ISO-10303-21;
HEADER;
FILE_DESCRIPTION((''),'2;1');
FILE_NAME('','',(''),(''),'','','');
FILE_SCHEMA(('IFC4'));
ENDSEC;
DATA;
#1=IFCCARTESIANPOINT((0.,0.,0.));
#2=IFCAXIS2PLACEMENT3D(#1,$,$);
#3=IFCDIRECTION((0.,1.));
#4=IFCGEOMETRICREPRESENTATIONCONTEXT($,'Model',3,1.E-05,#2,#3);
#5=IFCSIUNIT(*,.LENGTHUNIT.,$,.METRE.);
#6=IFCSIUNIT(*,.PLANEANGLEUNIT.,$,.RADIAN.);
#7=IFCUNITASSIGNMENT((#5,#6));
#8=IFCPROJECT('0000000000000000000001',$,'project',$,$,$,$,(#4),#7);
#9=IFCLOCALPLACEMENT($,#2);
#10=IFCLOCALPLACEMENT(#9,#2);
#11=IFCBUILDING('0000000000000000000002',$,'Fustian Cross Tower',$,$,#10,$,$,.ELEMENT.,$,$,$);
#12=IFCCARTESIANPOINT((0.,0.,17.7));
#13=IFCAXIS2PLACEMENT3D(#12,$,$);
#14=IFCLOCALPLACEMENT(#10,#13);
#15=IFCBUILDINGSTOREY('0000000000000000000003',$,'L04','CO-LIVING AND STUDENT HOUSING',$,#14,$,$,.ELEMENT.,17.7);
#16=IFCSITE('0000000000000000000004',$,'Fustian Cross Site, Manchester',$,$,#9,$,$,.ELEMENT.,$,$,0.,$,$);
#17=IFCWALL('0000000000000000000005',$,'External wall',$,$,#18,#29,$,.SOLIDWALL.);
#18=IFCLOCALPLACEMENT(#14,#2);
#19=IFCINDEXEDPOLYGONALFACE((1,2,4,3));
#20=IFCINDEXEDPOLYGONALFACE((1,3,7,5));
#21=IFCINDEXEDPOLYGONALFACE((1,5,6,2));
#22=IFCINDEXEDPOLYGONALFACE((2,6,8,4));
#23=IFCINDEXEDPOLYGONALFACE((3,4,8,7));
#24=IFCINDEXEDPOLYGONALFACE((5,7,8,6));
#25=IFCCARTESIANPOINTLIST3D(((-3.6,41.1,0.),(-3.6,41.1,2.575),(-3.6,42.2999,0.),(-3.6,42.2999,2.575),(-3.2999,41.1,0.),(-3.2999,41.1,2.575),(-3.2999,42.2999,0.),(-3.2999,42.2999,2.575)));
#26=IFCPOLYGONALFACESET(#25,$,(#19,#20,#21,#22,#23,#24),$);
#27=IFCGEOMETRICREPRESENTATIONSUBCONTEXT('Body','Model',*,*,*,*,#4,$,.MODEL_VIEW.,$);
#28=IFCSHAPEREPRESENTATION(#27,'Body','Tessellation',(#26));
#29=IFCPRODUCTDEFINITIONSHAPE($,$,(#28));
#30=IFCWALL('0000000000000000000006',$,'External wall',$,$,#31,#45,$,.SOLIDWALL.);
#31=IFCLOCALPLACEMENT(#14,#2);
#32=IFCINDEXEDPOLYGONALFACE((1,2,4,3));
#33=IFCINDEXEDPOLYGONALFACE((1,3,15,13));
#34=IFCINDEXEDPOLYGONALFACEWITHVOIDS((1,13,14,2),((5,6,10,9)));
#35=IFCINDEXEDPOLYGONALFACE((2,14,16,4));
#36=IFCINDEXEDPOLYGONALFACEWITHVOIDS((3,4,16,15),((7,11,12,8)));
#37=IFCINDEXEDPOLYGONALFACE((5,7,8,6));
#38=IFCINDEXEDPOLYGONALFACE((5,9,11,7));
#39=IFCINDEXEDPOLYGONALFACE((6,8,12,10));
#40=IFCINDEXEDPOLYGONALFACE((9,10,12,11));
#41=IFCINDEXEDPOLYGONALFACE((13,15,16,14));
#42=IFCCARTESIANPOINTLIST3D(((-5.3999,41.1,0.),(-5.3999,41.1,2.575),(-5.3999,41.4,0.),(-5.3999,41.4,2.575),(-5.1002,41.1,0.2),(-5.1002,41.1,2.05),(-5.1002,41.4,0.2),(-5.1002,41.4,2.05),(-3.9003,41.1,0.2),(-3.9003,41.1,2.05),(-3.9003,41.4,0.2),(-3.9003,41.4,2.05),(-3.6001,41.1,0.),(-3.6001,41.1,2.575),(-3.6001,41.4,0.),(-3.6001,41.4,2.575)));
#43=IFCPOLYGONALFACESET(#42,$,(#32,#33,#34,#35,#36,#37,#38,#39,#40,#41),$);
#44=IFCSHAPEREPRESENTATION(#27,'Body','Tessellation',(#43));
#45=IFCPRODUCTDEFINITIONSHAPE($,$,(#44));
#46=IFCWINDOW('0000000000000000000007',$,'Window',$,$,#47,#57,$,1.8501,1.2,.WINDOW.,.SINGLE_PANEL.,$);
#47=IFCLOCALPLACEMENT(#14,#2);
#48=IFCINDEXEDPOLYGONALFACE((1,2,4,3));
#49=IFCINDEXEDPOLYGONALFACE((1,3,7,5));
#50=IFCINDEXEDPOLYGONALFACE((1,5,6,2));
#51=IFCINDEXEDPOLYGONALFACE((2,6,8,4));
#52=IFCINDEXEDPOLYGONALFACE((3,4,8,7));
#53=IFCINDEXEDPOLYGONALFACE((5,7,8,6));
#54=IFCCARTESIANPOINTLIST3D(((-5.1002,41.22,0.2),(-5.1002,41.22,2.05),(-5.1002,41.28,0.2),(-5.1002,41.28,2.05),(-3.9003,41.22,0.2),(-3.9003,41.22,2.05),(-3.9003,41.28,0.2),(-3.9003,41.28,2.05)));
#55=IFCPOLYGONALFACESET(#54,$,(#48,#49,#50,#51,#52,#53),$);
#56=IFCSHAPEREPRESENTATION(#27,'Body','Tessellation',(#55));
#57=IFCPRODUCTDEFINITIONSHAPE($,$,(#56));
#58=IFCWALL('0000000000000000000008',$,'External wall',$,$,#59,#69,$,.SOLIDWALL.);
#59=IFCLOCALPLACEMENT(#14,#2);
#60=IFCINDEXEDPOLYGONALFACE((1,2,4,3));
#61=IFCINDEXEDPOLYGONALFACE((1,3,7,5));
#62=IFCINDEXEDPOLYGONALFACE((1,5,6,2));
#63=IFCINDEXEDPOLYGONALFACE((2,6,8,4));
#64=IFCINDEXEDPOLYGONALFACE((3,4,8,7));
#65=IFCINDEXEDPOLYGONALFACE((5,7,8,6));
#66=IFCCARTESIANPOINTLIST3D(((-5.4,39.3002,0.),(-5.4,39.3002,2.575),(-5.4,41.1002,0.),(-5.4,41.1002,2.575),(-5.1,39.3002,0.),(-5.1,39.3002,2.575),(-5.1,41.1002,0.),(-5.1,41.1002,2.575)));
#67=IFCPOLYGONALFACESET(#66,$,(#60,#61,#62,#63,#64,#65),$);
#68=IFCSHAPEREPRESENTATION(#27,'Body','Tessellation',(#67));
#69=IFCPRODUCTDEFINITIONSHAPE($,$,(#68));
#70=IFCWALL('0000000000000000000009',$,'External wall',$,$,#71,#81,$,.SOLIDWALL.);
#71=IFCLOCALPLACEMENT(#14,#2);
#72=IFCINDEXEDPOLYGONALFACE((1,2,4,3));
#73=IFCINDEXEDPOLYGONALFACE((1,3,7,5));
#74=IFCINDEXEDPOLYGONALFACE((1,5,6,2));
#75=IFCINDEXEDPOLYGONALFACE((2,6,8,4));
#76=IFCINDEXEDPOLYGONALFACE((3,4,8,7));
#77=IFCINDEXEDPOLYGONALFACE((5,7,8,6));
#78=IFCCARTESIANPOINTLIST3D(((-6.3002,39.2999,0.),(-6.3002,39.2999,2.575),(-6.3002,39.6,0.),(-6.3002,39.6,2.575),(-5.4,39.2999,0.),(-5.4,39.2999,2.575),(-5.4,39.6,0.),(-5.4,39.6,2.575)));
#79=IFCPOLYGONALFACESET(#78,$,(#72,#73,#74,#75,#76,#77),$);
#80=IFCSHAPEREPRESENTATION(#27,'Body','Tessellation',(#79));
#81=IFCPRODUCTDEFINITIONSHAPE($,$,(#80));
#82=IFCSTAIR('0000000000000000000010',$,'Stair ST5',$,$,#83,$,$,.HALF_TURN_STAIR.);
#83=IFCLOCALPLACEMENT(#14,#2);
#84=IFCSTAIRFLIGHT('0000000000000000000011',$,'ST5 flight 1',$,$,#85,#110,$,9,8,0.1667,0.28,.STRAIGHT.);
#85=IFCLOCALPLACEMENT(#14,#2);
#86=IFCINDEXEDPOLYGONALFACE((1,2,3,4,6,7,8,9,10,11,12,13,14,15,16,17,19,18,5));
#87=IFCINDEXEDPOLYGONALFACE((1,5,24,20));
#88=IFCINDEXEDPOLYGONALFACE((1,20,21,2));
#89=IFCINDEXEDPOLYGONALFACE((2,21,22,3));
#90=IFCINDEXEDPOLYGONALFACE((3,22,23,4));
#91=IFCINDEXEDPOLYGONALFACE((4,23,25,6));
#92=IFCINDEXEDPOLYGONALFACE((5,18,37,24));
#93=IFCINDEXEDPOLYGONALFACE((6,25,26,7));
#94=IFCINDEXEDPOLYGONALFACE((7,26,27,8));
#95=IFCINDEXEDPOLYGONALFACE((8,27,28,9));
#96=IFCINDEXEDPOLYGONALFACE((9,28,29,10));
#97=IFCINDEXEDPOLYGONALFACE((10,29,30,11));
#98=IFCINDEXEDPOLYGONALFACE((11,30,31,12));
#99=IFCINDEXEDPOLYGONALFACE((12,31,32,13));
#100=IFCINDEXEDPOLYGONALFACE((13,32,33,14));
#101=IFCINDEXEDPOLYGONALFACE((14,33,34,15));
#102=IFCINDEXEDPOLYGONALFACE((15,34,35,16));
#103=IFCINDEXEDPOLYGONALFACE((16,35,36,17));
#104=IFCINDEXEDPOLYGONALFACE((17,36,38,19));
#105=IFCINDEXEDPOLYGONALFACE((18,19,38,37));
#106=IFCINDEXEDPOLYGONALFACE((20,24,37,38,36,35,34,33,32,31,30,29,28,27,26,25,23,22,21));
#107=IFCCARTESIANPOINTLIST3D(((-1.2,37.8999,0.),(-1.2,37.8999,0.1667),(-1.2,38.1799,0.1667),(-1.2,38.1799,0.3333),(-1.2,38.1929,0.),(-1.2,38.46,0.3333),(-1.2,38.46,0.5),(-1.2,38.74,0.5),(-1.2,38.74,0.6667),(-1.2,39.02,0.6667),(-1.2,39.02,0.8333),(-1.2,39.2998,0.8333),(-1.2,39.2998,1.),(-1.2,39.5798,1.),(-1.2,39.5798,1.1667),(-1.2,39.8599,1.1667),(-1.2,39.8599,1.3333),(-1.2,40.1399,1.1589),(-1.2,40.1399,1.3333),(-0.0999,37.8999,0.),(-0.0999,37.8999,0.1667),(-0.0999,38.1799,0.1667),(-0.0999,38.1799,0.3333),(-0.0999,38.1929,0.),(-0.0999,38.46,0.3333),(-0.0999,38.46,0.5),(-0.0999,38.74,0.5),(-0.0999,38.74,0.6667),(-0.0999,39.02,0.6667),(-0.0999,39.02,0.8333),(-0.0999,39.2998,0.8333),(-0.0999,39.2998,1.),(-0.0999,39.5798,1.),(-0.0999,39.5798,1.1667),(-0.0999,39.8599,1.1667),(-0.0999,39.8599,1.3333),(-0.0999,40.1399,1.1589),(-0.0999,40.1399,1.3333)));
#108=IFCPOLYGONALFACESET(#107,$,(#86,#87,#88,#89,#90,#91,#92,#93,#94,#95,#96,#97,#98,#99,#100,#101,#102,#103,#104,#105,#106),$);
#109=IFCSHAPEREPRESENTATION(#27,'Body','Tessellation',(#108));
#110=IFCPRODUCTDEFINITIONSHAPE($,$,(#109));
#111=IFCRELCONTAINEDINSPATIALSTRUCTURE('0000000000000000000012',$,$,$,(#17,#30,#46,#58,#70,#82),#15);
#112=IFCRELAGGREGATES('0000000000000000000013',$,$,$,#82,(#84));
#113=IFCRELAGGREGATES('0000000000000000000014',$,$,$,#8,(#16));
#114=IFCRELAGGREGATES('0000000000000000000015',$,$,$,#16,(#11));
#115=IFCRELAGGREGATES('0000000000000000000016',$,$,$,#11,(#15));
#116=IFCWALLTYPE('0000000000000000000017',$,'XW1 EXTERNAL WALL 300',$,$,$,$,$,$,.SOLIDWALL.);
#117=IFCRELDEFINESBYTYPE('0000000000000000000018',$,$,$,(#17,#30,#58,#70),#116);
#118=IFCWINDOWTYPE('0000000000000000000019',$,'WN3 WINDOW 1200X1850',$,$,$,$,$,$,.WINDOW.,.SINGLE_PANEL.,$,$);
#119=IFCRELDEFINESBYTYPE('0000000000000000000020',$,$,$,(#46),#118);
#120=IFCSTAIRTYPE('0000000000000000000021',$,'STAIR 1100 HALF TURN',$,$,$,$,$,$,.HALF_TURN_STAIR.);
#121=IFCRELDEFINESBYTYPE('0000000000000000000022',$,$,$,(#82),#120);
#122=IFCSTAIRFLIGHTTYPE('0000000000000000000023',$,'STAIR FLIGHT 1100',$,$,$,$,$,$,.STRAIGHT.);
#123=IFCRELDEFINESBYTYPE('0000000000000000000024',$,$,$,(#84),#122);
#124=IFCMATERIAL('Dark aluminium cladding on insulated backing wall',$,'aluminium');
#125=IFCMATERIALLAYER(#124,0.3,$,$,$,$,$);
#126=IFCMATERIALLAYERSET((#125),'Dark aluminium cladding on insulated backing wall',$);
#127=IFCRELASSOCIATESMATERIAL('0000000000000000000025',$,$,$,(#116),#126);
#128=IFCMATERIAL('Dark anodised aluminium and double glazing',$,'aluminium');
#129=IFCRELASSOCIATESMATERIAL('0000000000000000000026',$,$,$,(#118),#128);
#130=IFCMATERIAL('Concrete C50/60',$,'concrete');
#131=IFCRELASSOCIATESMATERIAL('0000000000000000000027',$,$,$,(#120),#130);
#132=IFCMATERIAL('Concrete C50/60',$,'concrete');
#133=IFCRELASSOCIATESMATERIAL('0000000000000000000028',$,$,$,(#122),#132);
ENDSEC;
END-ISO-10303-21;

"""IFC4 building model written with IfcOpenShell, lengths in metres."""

from ifc_helpers import new_model, si_unit, direction, frame, frame_2d, origin, place, context, subcontext, project, spatial, polyline, rectangle, outline, extrude, material, layer, layer_set, type_object, element, fill, aggregate, save


model = new_model("IFC4")

# Units and contexts
model_context = context("Model", 3, precision=1e-05, world=origin(), true_north=direction((0.0, 1.0)))
body_context = subcontext(model_context, "Body", "Model", "MODEL_VIEW")
ifc_project = project(units=[si_unit("LENGTHUNIT", "METRE"), si_unit("PLANEANGLEUNIT", "RADIAN")], contexts=[model_context])

# Site, building, storey
site_placement = place(None, origin())
site = spatial("IfcSite", under=ifc_project, at=site_placement, Name="Fustian Cross Site, Manchester", CompositionType="ELEMENT", RefElevation=0.0)
building_placement = place(site_placement, origin())
building = spatial("IfcBuilding", under=site, at=building_placement, Name="Fustian Cross Tower", CompositionType="ELEMENT")
storey_placement = place(building_placement, frame((0.0, 0.0, 17.7)))
storey = spatial("IfcBuildingStorey", under=building, at=storey_placement, Name="L04", Description="CO-LIVING AND STUDENT HOUSING", CompositionType="ELEMENT", Elevation=17.7)

# Wall
ifc_material_1 = material(Name="Dark aluminium cladding on insulated backing wall", Category="aluminium")
ifc_layer_1 = layer(ifc_material_1, 0.3)
ifc_layer_set_1 = layer_set([ifc_layer_1], Name="Dark aluminium cladding on insulated backing wall")
wall_type_1 = type_object("IfcWallType", Name="XW1 EXTERNAL WALL 300", PredefinedType="SOLIDWALL", material=ifc_layer_set_1)
wall_1_placement = place(storey_placement, frame((-3.45, 42.3, 0.0), z_axis=(0.0, 0.0, 1.0), x_axis=(0.0, -1.0, 0.0)))
element("IfcWall", 1, at=wall_1_placement, inside=storey, type_object=wall_type_1, Name="External wall", PredefinedType="SOLIDWALL", context=body_context, shape_type="SweptSolid", body=[
    extrude(rectangle(XDim=1.2, YDim=0.3, at=frame_2d((0.6001, 0.0))), origin(), (0.0, 0.0, 1.0), 2.575),
])

# Wall, opening, window
wall_2_placement = place(storey_placement, frame((-3.6001, 41.25, 0.0), z_axis=(0.0, 0.0, 1.0), x_axis=(-1.0, 0.0, 0.0)))
wall_2 = element("IfcWall", 2, at=wall_2_placement, inside=storey, type_object=wall_type_1, Name="External wall", PredefinedType="SOLIDWALL", context=body_context, shape_type="SweptSolid", body=[
    extrude(rectangle(XDim=1.7998, YDim=0.3, at=frame_2d((0.8999, 0.0))), origin(), (0.0, 0.0, 1.0), 2.575),
])
opening_1_placement = place(wall_2_placement, frame((0.3, 0.0, 0.2)))
opening_1 = element("IfcOpeningElement", 3, at=opening_1_placement, cuts=wall_2, PredefinedType="OPENING", context=body_context, shape_type="SweptSolid", body=[
    extrude(rectangle(XDim=1.2, YDim=1.8501, at=frame_2d((0.6001, 0.925))), frame((0.0, 0.1599, 0.0), z_axis=(0.0, -1.0, 0.0), x_axis=(1.0, 0.0, 0.0)), (0.0, 0.0, 1.0), 0.3201),
])
ifc_material_2 = material(Name="Dark anodised aluminium and double glazing", Category="aluminium")
window_type = type_object("IfcWindowType", Name="WN3 WINDOW 1200X1850", PartitioningType="SINGLE_PANEL", PredefinedType="WINDOW", material=ifc_material_2)
window_placement = place(opening_1_placement, origin())
window = element("IfcWindow", 4, at=window_placement, inside=storey, type_object=window_type, Name="Window", OverallHeight=1.8501, OverallWidth=1.2, PartitioningType="SINGLE_PANEL", PredefinedType="WINDOW", context=body_context, shape_type="SweptSolid", body=[
    extrude(rectangle(XDim=1.2, YDim=1.8501, at=frame_2d((0.6001, 0.925))), frame((0.0, 0.03, 0.0), z_axis=(0.0, -1.0, 0.0), x_axis=(1.0, 0.0, 0.0)), (0.0, 0.0, 1.0), 0.0601),
])
fill(opening_1, window)

# Walls
wall_3_placement = place(storey_placement, frame((-5.25, 41.1001, 0.0), z_axis=(0.0, 0.0, 1.0), x_axis=(0.0, -1.0, 0.0)))
element("IfcWall", 5, at=wall_3_placement, inside=storey, type_object=wall_type_1, Name="External wall", PredefinedType="SOLIDWALL", context=body_context, shape_type="SweptSolid", body=[
    extrude(rectangle(XDim=1.8, YDim=0.3, at=frame_2d((0.8999, 0.0))), origin(), (0.0, 0.0, 1.0), 2.575),
])
wall_4_placement = place(storey_placement, frame((-5.3999, 39.45, 0.0), z_axis=(0.0, 0.0, 1.0), x_axis=(-1.0, 0.0, 0.0)))
element("IfcWall", 6, at=wall_4_placement, inside=storey, type_object=wall_type_1, Name="External wall", PredefinedType="SOLIDWALL", context=body_context, shape_type="SweptSolid", body=[
    extrude(rectangle(XDim=0.9001, YDim=0.3, at=frame_2d((0.4502, 0.0))), origin(), (0.0, 0.0, 1.0), 2.575),
])

# Stair, stair flight
ifc_material_3 = material(Name="Concrete C50/60", Category="concrete")
stair_type = type_object("IfcStairType", Name="STAIR 1100 HALF TURN", PredefinedType="HALF_TURN_STAIR", material=ifc_material_3)
stair_placement = place(storey_placement, origin())
stair = element("IfcStair", 7, at=stair_placement, inside=storey, type_object=stair_type, Name="Stair ST5", PredefinedType="HALF_TURN_STAIR")
ifc_material_4 = material(Name="Concrete C50/60", Category="concrete")
stair_flight_type = type_object("IfcStairFlightType", Name="STAIR FLIGHT 1100", PredefinedType="STRAIGHT", material=ifc_material_4)
stair_flight_placement = place(storey_placement, frame((-0.6499, 37.8999, 0.0), z_axis=(0.0, 0.0, 1.0), x_axis=(0.0, 1.0, 0.0)))
stair_flight = element("IfcStairFlight", 8, at=stair_flight_placement, type_object=stair_flight_type, Name="ST5 flight 1", NumberOfRisers=9, NumberOfTreads=8, PredefinedType="STRAIGHT", RiserHeight=0.1667, TreadLength=0.28, context=body_context, shape_type="SweptSolid", body=[
    extrude(outline(polyline([(0.0, 0.0), (0.0, 0.1667), (0.28, 0.1667), (0.28, 0.3333), (0.5601, 0.3333), (0.5601, 0.5), (0.8401, 0.5), (0.8401, 0.6667), (1.1201, 0.6667), (1.1201, 0.8333), (1.3999, 0.8333), (1.3999, 1.0), (1.6799, 1.0), (1.6799, 1.1667), (1.96, 1.1667), (1.96, 1.3333), (2.24, 1.3333), (2.24, 1.5), (2.24, 1.1589), (0.293, 0.0), (0.0, 0.0)])), frame((0.0, 0.55, 0.0), z_axis=(0.0, -1.0, 0.0), x_axis=(1.0, 0.0, 0.0)), (0.0, 0.0, 1.0), 1.1001),
])
aggregate(stair, [stair_flight])

save(model, "model.ifc")
